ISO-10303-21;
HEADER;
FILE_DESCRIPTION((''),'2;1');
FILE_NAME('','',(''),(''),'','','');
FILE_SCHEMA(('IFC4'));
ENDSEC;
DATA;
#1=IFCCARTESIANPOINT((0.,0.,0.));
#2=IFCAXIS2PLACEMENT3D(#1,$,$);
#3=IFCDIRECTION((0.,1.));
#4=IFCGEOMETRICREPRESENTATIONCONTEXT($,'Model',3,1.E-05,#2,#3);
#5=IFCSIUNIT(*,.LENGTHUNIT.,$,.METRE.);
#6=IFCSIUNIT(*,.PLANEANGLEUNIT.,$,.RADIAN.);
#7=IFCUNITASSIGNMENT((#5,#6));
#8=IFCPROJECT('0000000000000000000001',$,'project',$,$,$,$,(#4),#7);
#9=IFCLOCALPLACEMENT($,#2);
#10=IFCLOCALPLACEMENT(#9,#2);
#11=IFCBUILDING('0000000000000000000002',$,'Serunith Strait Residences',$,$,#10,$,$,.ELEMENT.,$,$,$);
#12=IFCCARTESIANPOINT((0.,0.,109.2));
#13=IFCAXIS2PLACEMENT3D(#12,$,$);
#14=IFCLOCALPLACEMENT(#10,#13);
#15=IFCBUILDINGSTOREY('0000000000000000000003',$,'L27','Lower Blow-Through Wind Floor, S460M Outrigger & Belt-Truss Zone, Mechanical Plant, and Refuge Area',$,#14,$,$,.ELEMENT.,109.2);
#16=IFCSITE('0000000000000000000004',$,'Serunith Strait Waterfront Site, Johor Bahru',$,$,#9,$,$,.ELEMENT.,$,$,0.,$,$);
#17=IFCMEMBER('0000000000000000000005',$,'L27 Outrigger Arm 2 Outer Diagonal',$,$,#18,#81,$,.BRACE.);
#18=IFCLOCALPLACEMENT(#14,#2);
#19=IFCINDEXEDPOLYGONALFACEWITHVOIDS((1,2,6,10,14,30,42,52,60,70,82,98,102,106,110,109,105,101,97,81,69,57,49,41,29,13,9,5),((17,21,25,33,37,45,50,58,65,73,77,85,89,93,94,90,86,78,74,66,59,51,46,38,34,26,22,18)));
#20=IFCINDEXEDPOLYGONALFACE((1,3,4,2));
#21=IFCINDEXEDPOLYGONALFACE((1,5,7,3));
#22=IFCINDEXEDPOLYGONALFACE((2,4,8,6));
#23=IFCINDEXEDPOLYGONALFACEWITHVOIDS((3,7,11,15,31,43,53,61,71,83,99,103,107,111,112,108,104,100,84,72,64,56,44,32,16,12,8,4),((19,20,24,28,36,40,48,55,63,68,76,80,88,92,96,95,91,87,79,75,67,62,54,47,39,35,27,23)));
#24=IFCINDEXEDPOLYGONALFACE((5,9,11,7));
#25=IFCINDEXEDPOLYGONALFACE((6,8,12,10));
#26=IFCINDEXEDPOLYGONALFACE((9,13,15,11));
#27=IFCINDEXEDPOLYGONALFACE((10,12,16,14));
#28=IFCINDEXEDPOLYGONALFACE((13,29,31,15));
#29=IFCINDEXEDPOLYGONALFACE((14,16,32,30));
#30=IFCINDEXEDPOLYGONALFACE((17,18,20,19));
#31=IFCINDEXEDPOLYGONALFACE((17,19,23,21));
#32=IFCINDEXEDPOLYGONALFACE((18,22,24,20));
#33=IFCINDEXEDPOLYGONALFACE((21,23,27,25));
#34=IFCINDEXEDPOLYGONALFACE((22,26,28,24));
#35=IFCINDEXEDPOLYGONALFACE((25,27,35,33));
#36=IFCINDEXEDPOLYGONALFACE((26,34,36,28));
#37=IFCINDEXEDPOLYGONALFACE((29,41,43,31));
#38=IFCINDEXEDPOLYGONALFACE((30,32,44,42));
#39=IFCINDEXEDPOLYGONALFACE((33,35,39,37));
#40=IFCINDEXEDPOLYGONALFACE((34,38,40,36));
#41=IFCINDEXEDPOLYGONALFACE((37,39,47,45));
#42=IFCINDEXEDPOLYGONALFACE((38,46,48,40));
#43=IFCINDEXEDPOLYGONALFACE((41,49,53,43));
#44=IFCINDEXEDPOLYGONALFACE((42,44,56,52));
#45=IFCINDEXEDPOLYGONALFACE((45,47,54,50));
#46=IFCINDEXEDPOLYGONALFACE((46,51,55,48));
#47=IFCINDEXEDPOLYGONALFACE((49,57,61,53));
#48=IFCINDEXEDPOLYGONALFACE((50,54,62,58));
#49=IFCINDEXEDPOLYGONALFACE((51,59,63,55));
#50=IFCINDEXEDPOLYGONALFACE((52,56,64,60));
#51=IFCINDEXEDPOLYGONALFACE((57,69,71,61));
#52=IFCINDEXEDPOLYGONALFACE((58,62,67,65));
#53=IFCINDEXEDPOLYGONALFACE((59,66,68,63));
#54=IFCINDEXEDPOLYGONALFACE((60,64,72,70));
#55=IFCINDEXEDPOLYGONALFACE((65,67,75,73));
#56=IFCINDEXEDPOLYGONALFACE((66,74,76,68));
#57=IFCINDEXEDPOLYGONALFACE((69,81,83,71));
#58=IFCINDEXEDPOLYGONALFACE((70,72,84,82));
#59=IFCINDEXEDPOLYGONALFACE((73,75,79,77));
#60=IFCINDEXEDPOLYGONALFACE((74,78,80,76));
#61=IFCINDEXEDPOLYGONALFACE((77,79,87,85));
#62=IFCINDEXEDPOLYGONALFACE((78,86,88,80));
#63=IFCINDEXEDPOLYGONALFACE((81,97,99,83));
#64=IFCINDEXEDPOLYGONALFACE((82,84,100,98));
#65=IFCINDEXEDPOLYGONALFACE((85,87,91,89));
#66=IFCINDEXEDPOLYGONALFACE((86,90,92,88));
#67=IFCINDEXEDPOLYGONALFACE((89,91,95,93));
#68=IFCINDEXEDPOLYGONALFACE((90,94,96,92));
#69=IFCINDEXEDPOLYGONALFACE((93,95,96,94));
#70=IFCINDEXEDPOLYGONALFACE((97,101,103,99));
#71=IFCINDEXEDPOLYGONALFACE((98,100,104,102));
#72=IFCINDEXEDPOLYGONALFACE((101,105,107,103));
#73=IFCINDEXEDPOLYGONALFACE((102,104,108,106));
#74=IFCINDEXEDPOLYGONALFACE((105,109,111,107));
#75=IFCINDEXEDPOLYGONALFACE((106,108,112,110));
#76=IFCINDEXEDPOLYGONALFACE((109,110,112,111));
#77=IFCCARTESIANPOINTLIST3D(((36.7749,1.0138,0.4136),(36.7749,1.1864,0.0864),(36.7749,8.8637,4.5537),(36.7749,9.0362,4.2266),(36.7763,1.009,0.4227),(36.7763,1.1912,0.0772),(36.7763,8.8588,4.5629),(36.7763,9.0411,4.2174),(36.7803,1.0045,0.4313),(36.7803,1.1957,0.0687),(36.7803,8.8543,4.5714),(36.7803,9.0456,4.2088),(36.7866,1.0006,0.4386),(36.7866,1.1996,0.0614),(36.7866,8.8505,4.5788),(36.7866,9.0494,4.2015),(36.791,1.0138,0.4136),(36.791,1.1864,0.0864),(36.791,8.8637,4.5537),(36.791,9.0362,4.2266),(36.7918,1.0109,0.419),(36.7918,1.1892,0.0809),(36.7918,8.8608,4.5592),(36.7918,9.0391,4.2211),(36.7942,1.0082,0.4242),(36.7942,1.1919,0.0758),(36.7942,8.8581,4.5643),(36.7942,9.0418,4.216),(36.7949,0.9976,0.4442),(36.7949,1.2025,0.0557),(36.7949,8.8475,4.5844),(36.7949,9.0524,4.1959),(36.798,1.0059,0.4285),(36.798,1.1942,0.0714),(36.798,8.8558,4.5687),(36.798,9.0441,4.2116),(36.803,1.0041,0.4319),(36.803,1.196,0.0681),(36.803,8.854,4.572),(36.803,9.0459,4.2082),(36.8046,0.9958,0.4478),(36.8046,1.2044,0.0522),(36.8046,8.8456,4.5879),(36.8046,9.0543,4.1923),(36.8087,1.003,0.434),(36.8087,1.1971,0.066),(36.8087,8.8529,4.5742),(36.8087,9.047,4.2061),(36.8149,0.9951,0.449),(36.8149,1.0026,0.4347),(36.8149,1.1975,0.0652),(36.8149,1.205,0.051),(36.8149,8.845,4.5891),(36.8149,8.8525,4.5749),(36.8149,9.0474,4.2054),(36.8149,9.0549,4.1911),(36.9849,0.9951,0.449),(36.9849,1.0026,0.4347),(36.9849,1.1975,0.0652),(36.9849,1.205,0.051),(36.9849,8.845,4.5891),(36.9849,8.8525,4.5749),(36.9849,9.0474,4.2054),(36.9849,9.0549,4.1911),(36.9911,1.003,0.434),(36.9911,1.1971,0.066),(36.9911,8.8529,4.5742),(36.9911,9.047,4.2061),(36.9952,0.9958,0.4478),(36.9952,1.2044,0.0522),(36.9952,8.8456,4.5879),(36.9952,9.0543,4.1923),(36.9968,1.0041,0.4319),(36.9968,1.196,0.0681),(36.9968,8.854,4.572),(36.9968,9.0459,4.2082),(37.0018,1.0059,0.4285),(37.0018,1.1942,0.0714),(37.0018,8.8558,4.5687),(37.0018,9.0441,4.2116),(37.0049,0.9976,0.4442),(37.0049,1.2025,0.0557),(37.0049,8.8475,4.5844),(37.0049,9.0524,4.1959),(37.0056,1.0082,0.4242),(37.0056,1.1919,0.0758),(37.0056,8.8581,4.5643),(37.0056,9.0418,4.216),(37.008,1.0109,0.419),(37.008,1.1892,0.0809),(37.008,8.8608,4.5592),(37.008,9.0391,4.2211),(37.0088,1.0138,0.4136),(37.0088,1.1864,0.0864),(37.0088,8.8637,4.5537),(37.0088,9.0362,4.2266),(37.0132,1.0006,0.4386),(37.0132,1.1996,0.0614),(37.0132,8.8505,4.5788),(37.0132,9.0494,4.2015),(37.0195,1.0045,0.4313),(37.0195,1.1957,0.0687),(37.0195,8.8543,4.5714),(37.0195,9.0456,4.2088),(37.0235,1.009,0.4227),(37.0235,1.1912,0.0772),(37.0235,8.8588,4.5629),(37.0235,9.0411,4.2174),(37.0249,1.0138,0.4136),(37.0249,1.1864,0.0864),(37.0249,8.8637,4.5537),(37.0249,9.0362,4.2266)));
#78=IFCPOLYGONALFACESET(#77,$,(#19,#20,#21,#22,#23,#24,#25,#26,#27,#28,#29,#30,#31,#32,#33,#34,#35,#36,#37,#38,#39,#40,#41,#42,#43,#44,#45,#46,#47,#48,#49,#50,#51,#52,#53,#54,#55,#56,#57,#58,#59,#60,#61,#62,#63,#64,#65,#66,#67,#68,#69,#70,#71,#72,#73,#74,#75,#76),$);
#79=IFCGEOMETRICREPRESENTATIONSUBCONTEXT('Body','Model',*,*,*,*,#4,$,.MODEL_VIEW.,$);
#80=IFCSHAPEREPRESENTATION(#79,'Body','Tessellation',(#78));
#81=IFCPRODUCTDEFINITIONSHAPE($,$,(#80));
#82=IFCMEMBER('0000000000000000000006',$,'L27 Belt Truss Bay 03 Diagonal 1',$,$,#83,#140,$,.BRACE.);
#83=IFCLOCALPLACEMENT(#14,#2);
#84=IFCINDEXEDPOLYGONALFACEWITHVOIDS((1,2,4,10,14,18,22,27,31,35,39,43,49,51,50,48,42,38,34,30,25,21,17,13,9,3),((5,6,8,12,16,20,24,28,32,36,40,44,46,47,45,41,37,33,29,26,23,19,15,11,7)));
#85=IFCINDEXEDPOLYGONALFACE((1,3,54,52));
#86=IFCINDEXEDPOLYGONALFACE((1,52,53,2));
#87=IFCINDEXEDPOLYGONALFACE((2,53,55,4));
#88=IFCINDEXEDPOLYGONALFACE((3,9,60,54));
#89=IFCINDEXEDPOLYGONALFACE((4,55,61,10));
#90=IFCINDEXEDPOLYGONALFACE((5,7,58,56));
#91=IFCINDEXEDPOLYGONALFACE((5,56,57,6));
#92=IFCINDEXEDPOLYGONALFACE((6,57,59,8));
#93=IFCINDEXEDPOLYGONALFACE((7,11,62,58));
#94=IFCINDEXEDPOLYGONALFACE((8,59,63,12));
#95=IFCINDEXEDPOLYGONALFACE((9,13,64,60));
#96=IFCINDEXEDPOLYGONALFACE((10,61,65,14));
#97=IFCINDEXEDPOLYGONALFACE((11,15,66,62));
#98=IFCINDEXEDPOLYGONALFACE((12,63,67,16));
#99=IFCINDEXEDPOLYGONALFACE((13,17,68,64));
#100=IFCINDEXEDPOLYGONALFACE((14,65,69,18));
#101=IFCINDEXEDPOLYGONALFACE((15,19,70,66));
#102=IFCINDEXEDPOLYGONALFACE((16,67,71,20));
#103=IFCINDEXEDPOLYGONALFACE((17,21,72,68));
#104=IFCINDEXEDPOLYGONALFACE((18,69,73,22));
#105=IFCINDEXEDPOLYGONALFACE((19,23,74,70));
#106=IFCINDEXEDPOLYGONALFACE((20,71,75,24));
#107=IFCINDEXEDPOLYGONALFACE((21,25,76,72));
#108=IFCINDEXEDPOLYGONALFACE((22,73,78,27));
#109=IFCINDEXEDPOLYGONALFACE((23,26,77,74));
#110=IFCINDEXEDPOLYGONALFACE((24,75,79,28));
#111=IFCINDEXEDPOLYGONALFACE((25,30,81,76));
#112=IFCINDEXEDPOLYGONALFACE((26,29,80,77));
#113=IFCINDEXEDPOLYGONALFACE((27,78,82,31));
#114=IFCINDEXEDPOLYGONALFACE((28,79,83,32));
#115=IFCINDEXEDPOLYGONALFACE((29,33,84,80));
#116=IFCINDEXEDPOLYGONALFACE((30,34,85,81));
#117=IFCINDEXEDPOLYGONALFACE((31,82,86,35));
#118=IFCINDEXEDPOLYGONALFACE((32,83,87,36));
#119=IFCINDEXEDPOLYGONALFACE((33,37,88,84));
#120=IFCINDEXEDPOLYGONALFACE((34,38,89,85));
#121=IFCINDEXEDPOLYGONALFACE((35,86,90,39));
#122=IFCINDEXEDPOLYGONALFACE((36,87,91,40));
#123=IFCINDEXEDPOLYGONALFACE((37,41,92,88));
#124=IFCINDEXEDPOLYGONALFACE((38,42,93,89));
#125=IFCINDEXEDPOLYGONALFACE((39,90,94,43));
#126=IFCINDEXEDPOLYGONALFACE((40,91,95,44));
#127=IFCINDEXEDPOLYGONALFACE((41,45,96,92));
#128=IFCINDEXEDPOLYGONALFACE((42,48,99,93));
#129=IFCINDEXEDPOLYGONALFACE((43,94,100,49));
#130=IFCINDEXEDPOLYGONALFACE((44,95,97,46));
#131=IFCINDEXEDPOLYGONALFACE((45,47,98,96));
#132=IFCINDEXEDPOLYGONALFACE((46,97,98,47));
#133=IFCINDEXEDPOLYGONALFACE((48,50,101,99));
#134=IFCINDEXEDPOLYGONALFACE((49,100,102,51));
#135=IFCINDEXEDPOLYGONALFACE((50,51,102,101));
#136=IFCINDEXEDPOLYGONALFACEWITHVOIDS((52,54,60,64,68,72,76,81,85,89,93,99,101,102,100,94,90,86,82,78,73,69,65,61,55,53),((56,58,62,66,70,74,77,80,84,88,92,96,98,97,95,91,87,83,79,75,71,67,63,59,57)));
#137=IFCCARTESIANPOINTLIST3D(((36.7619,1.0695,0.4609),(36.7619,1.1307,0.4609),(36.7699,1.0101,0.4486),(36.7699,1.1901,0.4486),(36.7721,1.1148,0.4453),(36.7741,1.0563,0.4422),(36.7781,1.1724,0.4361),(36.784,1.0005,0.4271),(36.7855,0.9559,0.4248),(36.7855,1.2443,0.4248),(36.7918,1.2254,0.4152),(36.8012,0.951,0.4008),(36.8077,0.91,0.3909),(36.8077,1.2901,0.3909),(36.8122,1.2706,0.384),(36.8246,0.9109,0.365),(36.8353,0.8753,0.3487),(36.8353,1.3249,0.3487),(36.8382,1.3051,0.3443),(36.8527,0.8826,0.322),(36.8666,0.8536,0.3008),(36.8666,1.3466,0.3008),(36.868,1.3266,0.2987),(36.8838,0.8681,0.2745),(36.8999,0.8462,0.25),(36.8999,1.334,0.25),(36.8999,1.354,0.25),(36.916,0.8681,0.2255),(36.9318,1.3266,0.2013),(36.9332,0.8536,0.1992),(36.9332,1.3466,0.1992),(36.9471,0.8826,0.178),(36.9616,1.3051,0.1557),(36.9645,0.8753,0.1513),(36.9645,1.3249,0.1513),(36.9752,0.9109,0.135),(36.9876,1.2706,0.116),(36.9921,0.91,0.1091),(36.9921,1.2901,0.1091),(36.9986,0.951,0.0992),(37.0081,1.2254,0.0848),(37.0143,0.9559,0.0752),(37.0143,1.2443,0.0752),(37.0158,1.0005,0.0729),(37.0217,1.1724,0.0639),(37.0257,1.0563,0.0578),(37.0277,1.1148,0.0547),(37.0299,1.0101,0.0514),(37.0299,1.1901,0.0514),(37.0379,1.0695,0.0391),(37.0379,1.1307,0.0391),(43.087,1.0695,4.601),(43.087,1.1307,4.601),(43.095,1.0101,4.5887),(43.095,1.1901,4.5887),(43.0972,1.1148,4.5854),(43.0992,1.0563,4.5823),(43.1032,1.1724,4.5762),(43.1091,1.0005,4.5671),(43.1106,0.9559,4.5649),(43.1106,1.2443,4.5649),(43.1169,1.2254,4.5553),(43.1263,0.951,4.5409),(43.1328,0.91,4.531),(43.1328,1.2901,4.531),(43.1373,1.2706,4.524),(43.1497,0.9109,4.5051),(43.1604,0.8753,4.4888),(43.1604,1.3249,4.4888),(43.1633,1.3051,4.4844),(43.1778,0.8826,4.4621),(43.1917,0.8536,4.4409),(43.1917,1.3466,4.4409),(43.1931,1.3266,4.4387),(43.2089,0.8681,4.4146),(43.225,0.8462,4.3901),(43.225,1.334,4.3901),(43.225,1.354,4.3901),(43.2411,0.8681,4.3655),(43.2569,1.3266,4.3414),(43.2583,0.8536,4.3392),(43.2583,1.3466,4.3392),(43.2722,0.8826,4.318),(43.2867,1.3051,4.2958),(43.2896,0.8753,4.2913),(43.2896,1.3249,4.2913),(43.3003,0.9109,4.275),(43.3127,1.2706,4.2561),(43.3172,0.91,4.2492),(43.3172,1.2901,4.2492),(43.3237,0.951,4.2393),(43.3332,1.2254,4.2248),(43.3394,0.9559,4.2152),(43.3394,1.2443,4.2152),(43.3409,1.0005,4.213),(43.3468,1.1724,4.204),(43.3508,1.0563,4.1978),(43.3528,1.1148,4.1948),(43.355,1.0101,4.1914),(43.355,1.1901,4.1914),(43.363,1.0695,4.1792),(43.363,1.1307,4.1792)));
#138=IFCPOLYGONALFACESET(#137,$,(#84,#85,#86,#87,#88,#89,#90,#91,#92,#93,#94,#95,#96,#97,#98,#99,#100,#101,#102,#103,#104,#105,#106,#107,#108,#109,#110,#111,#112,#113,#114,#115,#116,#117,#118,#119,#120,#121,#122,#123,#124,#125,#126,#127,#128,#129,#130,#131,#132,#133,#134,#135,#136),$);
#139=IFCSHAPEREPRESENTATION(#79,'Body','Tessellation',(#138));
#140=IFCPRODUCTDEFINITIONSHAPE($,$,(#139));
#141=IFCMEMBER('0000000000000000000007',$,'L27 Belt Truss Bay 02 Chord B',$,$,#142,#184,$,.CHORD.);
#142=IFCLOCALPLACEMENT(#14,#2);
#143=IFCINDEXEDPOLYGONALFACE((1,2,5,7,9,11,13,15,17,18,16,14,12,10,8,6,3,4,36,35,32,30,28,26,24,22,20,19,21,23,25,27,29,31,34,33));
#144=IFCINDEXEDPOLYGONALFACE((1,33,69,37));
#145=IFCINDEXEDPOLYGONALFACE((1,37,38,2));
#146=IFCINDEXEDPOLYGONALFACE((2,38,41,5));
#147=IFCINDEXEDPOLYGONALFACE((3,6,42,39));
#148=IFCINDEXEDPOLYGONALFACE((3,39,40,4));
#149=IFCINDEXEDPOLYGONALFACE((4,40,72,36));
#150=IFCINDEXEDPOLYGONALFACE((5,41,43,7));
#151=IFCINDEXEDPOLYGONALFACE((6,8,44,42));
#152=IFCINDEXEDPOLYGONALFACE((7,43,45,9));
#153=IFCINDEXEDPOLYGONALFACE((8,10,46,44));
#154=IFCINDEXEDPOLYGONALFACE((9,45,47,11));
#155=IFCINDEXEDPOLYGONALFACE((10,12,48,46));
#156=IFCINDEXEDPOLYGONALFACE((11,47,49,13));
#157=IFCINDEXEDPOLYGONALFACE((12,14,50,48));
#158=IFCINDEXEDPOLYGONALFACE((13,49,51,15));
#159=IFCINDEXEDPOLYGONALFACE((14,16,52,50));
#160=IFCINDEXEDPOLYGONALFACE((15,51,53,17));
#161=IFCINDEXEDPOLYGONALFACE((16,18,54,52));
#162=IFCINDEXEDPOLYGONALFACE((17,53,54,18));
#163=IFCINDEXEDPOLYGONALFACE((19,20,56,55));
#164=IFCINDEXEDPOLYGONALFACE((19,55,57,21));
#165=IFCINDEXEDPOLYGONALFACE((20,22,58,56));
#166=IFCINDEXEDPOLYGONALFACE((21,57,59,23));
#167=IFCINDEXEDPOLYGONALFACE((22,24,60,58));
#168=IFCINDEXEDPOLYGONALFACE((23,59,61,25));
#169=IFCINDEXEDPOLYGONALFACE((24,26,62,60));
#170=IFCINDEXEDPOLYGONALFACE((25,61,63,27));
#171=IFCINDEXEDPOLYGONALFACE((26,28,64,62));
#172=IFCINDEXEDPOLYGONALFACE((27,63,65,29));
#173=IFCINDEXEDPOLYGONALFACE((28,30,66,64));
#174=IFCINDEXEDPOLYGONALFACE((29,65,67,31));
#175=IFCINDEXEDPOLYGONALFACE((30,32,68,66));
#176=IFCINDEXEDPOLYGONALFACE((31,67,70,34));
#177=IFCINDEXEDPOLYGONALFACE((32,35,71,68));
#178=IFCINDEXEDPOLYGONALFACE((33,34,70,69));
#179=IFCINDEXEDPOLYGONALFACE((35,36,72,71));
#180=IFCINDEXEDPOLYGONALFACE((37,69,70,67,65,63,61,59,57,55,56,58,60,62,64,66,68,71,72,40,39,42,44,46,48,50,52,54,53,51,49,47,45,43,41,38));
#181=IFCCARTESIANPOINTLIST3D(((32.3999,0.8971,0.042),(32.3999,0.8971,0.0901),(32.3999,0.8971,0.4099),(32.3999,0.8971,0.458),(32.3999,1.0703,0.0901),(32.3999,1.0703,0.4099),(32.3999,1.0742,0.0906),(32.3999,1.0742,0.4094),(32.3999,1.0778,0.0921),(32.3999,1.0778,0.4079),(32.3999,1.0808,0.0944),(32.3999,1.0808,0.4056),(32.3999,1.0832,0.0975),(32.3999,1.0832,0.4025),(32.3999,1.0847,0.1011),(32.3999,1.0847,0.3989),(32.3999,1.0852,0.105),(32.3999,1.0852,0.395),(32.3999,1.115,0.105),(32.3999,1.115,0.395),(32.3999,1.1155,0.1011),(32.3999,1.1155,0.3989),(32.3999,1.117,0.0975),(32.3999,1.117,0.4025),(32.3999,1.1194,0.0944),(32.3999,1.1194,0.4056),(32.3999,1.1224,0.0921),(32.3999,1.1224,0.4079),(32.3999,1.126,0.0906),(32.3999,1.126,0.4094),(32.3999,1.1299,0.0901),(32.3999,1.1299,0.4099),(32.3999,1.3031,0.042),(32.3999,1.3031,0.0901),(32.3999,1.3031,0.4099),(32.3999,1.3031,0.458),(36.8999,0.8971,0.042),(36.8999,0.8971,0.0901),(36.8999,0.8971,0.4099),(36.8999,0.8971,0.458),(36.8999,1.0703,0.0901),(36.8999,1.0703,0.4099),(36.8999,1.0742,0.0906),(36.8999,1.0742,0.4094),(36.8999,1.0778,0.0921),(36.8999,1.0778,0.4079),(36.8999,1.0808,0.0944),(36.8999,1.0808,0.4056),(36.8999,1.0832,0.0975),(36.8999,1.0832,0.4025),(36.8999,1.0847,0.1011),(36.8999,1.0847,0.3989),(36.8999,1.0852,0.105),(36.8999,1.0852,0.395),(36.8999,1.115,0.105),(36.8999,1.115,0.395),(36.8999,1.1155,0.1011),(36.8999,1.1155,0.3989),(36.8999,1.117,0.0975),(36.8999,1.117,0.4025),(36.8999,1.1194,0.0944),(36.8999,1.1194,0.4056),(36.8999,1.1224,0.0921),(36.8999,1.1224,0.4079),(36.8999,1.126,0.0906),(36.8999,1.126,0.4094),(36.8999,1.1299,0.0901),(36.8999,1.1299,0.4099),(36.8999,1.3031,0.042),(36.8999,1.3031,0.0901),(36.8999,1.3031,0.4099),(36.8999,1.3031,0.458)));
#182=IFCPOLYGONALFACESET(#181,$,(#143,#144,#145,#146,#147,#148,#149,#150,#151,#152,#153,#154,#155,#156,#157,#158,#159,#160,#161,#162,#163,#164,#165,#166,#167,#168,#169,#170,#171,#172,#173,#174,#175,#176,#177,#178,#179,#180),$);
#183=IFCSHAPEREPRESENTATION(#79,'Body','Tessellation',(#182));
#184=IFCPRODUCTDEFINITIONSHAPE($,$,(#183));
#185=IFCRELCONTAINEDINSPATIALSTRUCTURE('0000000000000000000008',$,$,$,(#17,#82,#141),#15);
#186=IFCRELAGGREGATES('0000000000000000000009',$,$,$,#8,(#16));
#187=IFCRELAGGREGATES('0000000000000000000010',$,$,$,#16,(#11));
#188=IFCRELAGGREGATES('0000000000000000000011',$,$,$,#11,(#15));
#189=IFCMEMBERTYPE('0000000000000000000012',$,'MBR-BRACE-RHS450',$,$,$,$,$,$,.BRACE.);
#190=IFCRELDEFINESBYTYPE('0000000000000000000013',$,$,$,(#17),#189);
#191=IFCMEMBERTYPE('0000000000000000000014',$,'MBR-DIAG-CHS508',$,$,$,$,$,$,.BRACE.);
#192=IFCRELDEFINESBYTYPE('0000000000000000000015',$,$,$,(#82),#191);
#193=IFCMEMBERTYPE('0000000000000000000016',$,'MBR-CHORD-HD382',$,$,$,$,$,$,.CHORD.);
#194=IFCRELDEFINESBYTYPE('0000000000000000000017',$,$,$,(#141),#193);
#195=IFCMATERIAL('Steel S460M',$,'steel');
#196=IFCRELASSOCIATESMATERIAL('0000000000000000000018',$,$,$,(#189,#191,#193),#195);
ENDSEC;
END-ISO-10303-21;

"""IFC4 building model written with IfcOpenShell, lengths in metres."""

from ifc_helpers import new_model, si_unit, direction, frame, origin, origin_2d, place, context, subcontext, project, spatial, hollow_rectangle, hollow_circle, i_section, extrude, source, transform, mapped, material, material_profile, profile_set, type_object, element, save


model = new_model("IFC4")

# Units and contexts
model_context = context("Model", 3, precision=1e-05, world=origin(), true_north=direction((0.0, 1.0)))
body_context = subcontext(model_context, "Body", "Model", "MODEL_VIEW")
ifc_project = project(units=[si_unit("LENGTHUNIT", "METRE"), si_unit("PLANEANGLEUNIT", "RADIAN")], contexts=[model_context])

# Site, building, storey
site_placement = place(None, origin())
site = spatial("IfcSite", under=ifc_project, at=site_placement, Name="Serunith Strait Waterfront Site, Johor Bahru", CompositionType="ELEMENT", RefElevation=0.0)
building_placement = place(site_placement, origin())
building = spatial("IfcBuilding", under=site, at=building_placement, Name="Serunith Strait Residences", CompositionType="ELEMENT")
storey_placement = place(building_placement, frame((0.0, 0.0, 109.2)))
storey = spatial("IfcBuildingStorey", under=building, at=storey_placement, Name="L27", Description="Lower Blow-Through Wind Floor, S460M Outrigger & Belt-Truss Zone, Mechanical Plant, and Refuge Area", CompositionType="ELEMENT", Elevation=109.2)

# Members
ifc_material_1 = material(Name="Steel S460M", Category="steel")
ifc_material_profile_1 = material_profile(ifc_material_1, hollow_rectangle(XDim=0.25, YDim=0.45, WallThickness=0.0161, InnerFilletRadius=0.0239, OuterFilletRadius=0.04, at=origin_2d()), Name="RHS 450x250x16")
ifc_profile_set_1 = profile_set([ifc_material_profile_1], Name="Steel S460M")
member_type_1 = type_object("IfcMemberType", Name="MBR-BRACE-RHS450", PredefinedType="BRACE", material=ifc_profile_set_1)
shared_shape_1 = source(origin(), body_context, "Body", "SweptSolid", [
    extrude(hollow_rectangle(XDim=0.25, YDim=0.45, WallThickness=0.0161, InnerFilletRadius=0.0239, OuterFilletRadius=0.04, at=origin_2d()), origin(), (0.0, 0.0, 1.0), 8.8748),
])
member_1_placement = place(storey_placement, frame((36.8999, 8.95, 4.3901), z_axis=(0.0, -0.884517, -0.466508), x_axis=(1.0, 0.0, 0.0)))
element("IfcMember", 1, at=member_1_placement, inside=storey, type_object=member_type_1, Name="L27 Outrigger Arm 2 Outer Diagonal", PredefinedType="BRACE", context=body_context, shape_type="MappedRepresentation", body=[
    mapped(shared_shape_1, transform((0.0, 0.0, 0.0), scale=1.0)),
])
ifc_material_profile_2 = material_profile(ifc_material_1, hollow_circle(Radius=0.2539, WallThickness=0.02, at=origin_2d()), Name="CHS 508x20")
ifc_profile_set_2 = profile_set([ifc_material_profile_2], Name="Steel S460M")
member_type_2 = type_object("IfcMemberType", Name="MBR-DIAG-CHS508", PredefinedType="BRACE", material=ifc_profile_set_2)
shared_shape_2 = source(origin(), body_context, "Body", "SweptSolid", [
    extrude(hollow_circle(Radius=0.2539, WallThickness=0.02, at=origin_2d()), origin(), (0.0, 0.0, 1.0), 7.5596),
])
member_2_placement = place(storey_placement, frame((36.8999, 1.1001, 0.25), z_axis=(0.836701, 0.0, 0.54766), x_axis=(0.0, 1.0, 0.0)))
element("IfcMember", 2, at=member_2_placement, inside=storey, type_object=member_type_2, Name="L27 Belt Truss Bay 03 Diagonal 1", PredefinedType="BRACE", context=body_context, shape_type="MappedRepresentation", body=[
    mapped(shared_shape_2, transform((0.0, 0.0, 0.0), scale=1.0)),
])
ifc_material_profile_3 = material_profile(ifc_material_1, i_section(OverallWidth=0.406, OverallDepth=0.416, WebThickness=0.0298, FlangeThickness=0.0481, FilletRadius=0.0149, at=origin_2d()), Name="HD 400x382")
ifc_profile_set_3 = profile_set([ifc_material_profile_3], Name="Steel S460M")
member_type_3 = type_object("IfcMemberType", Name="MBR-CHORD-HD382", PredefinedType="CHORD", material=ifc_profile_set_3)
shared_shape_3 = source(origin(), body_context, "Body", "SweptSolid", [
    extrude(i_section(OverallWidth=0.406, OverallDepth=0.416, WebThickness=0.0298, FlangeThickness=0.0481, FilletRadius=0.0149, at=origin_2d()), origin(), (0.0, 0.0, 1.0), 4.5),
])
member_3_placement = place(storey_placement, frame((32.3999, 1.1001, 0.25), z_axis=(1.0, 0.0, 0.0), x_axis=(0.0, 1.0, 0.0)))
element("IfcMember", 3, at=member_3_placement, inside=storey, type_object=member_type_3, Name="L27 Belt Truss Bay 02 Chord B", PredefinedType="CHORD", context=body_context, shape_type="MappedRepresentation", body=[
    mapped(shared_shape_3, transform((0.0, 0.0, 0.0), scale=1.0)),
])

save(model, "model.ifc")
